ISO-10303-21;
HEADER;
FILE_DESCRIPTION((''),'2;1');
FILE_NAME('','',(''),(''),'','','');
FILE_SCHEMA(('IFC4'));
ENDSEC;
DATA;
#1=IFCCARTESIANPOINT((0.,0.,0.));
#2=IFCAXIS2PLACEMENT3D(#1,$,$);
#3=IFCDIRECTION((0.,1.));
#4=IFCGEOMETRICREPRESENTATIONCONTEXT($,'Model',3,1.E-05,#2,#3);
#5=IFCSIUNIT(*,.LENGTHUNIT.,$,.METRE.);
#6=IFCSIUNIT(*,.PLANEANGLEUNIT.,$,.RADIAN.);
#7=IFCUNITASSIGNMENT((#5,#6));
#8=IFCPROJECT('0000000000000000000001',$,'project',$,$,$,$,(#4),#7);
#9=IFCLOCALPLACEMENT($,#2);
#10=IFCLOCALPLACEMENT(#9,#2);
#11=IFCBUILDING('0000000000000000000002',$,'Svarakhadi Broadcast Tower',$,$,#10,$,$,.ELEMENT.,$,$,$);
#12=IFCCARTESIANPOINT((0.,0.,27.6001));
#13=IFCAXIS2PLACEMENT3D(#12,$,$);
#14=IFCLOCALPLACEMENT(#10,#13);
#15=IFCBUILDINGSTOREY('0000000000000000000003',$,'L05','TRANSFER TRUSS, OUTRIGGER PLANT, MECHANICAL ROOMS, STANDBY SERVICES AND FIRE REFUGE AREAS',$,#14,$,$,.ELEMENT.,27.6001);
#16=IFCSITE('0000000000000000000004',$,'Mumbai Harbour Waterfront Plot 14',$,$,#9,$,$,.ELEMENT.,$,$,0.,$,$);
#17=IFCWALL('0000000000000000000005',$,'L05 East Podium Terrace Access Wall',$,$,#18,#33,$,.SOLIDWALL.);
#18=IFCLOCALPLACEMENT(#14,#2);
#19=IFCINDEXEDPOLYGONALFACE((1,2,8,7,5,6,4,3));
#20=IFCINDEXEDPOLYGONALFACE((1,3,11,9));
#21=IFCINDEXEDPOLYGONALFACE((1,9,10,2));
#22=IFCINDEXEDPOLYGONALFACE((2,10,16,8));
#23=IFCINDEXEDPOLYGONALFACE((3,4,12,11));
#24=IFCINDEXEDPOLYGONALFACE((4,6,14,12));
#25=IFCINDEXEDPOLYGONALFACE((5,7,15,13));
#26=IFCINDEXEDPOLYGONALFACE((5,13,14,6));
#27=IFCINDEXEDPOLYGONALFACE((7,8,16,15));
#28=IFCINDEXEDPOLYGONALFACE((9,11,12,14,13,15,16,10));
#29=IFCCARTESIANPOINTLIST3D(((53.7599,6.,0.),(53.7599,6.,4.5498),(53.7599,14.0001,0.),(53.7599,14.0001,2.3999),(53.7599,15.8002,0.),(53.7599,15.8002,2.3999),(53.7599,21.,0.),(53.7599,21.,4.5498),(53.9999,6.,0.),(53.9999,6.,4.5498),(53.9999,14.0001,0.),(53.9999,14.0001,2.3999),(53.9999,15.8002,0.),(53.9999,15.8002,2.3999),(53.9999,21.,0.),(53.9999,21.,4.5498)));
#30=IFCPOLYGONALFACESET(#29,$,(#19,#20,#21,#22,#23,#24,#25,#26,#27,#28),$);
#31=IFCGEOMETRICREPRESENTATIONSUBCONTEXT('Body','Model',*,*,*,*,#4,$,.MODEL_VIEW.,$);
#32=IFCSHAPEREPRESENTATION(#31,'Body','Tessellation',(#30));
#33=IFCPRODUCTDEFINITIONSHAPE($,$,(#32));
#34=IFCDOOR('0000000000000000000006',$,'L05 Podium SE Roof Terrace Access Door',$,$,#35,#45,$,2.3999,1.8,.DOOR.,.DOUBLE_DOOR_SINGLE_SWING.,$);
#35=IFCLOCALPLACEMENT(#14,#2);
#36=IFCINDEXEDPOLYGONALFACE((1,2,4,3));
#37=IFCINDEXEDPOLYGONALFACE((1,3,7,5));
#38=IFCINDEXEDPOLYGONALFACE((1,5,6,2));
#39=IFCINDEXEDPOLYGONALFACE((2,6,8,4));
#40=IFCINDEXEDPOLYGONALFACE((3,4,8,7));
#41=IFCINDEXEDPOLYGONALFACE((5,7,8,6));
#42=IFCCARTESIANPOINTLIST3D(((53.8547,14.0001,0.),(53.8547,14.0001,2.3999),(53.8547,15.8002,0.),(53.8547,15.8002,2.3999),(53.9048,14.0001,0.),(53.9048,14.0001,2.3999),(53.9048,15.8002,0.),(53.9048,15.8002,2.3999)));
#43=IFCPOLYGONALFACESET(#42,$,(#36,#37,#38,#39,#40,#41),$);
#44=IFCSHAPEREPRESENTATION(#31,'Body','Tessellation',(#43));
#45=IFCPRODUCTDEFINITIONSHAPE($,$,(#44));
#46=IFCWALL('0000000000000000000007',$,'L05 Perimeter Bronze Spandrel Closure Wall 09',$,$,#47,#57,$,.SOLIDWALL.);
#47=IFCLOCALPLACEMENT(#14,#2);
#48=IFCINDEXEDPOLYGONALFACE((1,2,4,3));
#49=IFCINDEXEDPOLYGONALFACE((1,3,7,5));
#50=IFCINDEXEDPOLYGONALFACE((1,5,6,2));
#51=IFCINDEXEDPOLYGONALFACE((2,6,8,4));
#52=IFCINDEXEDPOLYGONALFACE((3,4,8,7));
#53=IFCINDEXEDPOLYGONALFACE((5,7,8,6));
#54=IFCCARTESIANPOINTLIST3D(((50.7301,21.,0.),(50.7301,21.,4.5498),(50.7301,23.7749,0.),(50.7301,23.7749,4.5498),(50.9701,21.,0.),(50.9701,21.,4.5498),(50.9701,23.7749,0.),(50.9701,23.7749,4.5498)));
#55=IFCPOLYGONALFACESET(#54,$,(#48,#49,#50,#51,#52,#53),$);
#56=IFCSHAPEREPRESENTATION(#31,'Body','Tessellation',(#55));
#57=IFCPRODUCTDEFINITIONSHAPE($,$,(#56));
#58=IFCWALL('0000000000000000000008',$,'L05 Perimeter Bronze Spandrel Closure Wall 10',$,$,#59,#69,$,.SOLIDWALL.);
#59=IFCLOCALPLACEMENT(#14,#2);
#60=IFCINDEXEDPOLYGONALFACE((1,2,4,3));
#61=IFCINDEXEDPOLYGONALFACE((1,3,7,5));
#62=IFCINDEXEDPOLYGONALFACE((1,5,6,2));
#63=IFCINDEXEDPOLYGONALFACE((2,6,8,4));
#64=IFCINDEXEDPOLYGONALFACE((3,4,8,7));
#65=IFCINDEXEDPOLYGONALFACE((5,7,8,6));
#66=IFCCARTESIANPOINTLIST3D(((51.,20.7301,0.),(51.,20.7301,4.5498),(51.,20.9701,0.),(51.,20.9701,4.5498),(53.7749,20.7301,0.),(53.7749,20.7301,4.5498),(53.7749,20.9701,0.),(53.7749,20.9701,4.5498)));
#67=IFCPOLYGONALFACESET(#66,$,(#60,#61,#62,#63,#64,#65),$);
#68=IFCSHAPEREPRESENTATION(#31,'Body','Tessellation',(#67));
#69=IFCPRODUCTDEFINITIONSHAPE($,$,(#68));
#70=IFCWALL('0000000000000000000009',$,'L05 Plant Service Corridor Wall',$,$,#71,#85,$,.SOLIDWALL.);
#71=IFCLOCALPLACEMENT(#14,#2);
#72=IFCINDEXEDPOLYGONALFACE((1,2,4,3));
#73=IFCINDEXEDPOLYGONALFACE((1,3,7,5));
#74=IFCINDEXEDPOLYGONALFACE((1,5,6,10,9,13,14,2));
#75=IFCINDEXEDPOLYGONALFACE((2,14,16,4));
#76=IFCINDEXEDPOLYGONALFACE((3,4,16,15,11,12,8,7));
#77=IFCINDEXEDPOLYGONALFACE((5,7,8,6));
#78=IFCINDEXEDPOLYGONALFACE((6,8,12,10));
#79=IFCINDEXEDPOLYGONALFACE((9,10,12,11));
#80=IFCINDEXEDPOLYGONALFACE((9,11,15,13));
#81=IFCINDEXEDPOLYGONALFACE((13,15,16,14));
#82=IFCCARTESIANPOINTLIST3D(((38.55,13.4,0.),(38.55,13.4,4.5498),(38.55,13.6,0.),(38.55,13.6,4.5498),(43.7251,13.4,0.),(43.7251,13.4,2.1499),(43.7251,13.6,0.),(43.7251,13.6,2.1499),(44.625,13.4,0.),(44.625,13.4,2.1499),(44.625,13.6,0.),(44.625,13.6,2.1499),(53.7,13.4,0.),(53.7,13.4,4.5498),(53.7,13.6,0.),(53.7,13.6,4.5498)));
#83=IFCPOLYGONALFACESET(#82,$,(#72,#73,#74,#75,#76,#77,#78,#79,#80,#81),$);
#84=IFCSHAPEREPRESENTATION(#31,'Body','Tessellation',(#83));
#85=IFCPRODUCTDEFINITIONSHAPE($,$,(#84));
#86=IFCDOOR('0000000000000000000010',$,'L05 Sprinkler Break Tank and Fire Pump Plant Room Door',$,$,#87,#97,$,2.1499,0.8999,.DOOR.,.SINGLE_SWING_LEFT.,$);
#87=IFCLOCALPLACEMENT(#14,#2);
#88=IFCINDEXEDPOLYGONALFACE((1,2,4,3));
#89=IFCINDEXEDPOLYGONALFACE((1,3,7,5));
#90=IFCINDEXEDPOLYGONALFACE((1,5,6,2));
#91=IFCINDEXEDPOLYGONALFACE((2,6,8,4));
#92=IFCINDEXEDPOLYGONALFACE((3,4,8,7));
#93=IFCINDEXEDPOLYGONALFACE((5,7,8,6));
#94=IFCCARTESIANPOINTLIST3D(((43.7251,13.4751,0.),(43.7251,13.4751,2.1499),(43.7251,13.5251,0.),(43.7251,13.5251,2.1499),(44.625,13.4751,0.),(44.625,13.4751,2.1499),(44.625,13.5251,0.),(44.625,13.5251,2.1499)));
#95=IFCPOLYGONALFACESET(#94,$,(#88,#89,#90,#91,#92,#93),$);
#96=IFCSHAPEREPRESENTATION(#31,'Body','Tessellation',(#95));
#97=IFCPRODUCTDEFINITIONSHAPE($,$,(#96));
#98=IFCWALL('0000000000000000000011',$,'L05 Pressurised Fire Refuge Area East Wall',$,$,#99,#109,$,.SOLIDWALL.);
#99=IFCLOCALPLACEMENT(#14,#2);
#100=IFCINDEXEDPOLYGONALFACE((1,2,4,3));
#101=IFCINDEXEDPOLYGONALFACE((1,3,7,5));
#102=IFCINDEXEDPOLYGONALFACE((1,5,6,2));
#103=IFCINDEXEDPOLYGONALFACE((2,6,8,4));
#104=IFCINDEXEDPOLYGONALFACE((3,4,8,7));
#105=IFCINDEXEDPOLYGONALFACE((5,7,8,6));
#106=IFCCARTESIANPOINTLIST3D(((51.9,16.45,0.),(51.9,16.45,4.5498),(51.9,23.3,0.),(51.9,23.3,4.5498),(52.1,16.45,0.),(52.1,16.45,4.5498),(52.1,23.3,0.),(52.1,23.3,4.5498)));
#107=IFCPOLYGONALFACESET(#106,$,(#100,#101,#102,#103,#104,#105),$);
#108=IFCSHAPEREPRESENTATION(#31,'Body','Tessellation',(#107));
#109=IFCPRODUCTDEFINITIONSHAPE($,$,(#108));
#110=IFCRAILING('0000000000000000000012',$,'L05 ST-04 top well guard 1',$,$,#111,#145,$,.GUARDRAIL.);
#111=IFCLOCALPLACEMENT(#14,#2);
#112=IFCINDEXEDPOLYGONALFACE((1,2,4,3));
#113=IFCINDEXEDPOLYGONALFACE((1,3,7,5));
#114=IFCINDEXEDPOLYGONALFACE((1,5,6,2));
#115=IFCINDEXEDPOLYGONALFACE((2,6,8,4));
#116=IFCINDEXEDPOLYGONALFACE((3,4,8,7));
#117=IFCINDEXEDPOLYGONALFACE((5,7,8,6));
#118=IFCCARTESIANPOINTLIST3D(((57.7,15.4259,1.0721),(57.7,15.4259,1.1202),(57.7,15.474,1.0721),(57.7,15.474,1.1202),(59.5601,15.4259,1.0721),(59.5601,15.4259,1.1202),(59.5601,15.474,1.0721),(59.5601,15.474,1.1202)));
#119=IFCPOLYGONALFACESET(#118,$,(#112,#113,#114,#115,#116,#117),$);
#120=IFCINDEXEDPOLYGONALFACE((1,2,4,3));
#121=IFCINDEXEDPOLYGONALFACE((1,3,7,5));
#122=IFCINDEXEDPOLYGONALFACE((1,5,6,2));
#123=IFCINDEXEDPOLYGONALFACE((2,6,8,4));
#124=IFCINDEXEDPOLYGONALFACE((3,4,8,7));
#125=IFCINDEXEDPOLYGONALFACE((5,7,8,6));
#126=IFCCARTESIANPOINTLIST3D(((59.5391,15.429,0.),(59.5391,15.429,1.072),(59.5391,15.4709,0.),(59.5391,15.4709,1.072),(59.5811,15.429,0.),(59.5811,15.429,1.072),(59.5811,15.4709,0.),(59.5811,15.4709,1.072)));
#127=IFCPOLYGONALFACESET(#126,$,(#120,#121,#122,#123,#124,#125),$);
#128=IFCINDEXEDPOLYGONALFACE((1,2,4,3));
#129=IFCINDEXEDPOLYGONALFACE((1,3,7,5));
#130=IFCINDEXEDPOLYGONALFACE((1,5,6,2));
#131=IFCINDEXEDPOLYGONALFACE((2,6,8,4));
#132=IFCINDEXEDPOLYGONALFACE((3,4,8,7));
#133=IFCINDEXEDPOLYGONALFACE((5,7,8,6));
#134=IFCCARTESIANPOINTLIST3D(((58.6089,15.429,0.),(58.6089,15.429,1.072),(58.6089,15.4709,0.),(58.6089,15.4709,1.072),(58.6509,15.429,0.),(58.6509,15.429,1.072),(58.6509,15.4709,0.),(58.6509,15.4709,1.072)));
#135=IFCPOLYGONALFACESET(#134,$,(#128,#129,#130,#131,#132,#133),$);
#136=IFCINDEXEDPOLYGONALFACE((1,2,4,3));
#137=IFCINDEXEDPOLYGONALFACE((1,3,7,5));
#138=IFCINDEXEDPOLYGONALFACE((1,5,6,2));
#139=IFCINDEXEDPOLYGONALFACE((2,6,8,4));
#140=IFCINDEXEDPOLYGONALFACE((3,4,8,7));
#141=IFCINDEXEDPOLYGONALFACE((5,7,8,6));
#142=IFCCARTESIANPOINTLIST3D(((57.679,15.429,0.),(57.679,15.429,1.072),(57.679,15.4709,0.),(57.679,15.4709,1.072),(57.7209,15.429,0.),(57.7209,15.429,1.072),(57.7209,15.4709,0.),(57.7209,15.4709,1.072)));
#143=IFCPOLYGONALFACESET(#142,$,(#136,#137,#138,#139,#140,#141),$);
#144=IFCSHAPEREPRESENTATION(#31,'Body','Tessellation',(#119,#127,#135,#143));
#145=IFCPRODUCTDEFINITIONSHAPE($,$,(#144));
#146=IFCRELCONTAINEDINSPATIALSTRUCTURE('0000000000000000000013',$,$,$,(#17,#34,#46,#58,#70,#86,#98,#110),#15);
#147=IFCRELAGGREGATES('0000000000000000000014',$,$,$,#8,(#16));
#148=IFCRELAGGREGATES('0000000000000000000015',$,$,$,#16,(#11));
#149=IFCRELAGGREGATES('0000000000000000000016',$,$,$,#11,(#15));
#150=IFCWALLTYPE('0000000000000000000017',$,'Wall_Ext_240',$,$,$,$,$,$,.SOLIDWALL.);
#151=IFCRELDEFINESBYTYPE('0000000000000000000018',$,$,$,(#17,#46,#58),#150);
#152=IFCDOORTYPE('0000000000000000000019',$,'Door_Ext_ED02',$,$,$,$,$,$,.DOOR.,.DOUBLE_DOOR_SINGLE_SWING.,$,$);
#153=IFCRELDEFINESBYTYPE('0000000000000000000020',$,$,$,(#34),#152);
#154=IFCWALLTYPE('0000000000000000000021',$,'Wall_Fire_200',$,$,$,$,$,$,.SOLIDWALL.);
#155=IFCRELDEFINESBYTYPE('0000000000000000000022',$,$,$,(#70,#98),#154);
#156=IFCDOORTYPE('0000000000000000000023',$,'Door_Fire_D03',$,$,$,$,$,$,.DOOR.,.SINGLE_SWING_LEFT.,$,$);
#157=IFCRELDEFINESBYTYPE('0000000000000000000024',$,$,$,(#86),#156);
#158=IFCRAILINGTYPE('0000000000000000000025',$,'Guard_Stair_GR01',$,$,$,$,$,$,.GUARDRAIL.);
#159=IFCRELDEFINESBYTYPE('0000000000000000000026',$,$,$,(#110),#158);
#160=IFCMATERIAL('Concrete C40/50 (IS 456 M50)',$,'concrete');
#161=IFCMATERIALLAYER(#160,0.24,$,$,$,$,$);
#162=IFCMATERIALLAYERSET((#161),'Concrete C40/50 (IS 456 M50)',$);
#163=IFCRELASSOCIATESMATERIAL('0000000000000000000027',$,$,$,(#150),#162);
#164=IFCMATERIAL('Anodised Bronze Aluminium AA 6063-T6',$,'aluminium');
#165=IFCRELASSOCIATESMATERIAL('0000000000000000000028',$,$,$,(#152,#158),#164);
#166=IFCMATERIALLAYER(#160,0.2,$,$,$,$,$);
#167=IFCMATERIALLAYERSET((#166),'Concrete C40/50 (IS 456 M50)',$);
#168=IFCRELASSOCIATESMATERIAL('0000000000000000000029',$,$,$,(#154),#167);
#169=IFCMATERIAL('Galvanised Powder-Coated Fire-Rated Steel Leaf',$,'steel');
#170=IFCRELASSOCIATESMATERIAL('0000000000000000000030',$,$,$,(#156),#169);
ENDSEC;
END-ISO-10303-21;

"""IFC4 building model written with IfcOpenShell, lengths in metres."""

from ifc_helpers import new_model, si_unit, direction, frame, frame_2d, origin, origin_2d, place, context, subcontext, project, spatial, rectangle, extrude, material, layer, layer_set, type_object, element, fill, save


model = new_model("IFC4")

# Units and contexts
model_context = context("Model", 3, precision=1e-05, world=origin(), true_north=direction((0.0, 1.0)))
body_context = subcontext(model_context, "Body", "Model", "MODEL_VIEW")
ifc_project = project(units=[si_unit("LENGTHUNIT", "METRE"), si_unit("PLANEANGLEUNIT", "RADIAN")], contexts=[model_context])

# Site, building, storey
site_placement = place(None, origin())
site = spatial("IfcSite", under=ifc_project, at=site_placement, Name="Mumbai Harbour Waterfront Plot 14", CompositionType="ELEMENT", RefElevation=0.0)
building_placement = place(site_placement, origin())
building = spatial("IfcBuilding", under=site, at=building_placement, Name="Svarakhadi Broadcast Tower", CompositionType="ELEMENT")
storey_placement = place(building_placement, frame((0.0, 0.0, 27.6001)))
storey = spatial("IfcBuildingStorey", under=building, at=storey_placement, Name="L05", Description="TRANSFER TRUSS, OUTRIGGER PLANT, MECHANICAL ROOMS, STANDBY SERVICES AND FIRE REFUGE AREAS", CompositionType="ELEMENT", Elevation=27.6001)

# Wall, opening, door
ifc_material_1 = material(Name="Concrete C40/50 (IS 456 M50)", Category="concrete")
ifc_layer_1 = layer(ifc_material_1, 0.24)
ifc_layer_set_1 = layer_set([ifc_layer_1], Name="Concrete C40/50 (IS 456 M50)")
wall_type_1 = type_object("IfcWallType", Name="Wall_Ext_240", PredefinedType="SOLIDWALL", material=ifc_layer_set_1)
wall_1_placement = place(storey_placement, frame((53.8799, 21.0, 0.0), z_axis=(0.0, 0.0, 1.0), x_axis=(0.0, -1.0, 0.0)))
wall_1 = element("IfcWall", 1, at=wall_1_placement, inside=storey, type_object=wall_type_1, Name="L05 East Podium Terrace Access Wall", PredefinedType="SOLIDWALL", context=body_context, shape_type="SweptSolid", body=[
    extrude(rectangle(XDim=15.0, YDim=0.24, at=frame_2d((7.5, 0.0))), origin(), (0.0, 0.0, 1.0), 4.5498),
])
opening_1_placement = place(wall_1_placement, frame((5.2, 0.0, 0.0)))
opening_1 = element("IfcOpeningElement", 2, at=opening_1_placement, cuts=wall_1, PredefinedType="OPENING", context=body_context, shape_type="SweptSolid", body=[
    extrude(rectangle(XDim=1.8, YDim=2.3999, at=frame_2d((0.8999, 1.2))), frame((0.0, 0.1299, 0.0), z_axis=(0.0, -1.0, 0.0), x_axis=(1.0, 0.0, 0.0)), (0.0, 0.0, 1.0), 0.26),
])
ifc_material_2 = material(Name="Anodised Bronze Aluminium AA 6063-T6", Category="aluminium")
door_type_1 = type_object("IfcDoorType", Name="Door_Ext_ED02", OperationType="DOUBLE_DOOR_SINGLE_SWING", PredefinedType="DOOR", material=ifc_material_2)
door_1_placement = place(opening_1_placement, origin())
door_1 = element("IfcDoor", 3, at=door_1_placement, inside=storey, type_object=door_type_1, Name="L05 Podium SE Roof Terrace Access Door", OperationType="DOUBLE_DOOR_SINGLE_SWING", OverallHeight=2.3999, OverallWidth=1.8, PredefinedType="DOOR", context=body_context, shape_type="SweptSolid", body=[
    extrude(rectangle(XDim=1.8, YDim=2.3999, at=frame_2d((0.8999, 1.2))), frame((0.0, 0.0249, 0.0), z_axis=(0.0, -1.0, 0.0), x_axis=(1.0, 0.0, 0.0)), (0.0, 0.0, 1.0), 0.05),
])
fill(opening_1, door_1)

# Walls
for number, where, z_axis, x_axis, name in (
    (4, (50.8501, 23.7749, 0.0), (0.0, 0.0, 1.0), (0.0, -1.0, 0.0), "L05 Perimeter Bronze Spandrel Closure Wall 09"),
    (5, (51.0, 20.8501, 0.0), (0.0, 0.0, 1.0), (1.0, 0.0, 0.0), "L05 Perimeter Bronze Spandrel Closure Wall 10"),
):
    element("IfcWall", number, at=place(storey_placement, frame(where, z_axis=z_axis, x_axis=x_axis)), inside=storey, type_object=wall_type_1, Name=name, PredefinedType="SOLIDWALL", context=body_context, shape_type="SweptSolid", body=[
        extrude(rectangle(XDim=2.7749, YDim=0.24, at=frame_2d((1.3875, 0.0))), origin(), (0.0, 0.0, 1.0), 4.5498),
    ])

# Wall, opening, door
ifc_layer_2 = layer(ifc_material_1, 0.2)
ifc_layer_set_2 = layer_set([ifc_layer_2], Name="Concrete C40/50 (IS 456 M50)")
wall_type_2 = type_object("IfcWallType", Name="Wall_Fire_200", PredefinedType="SOLIDWALL", material=ifc_layer_set_2)
wall_2_placement = place(storey_placement, frame((53.7, 13.5, 0.0), z_axis=(0.0, 0.0, 1.0), x_axis=(-1.0, 0.0, 0.0)))
wall_2 = element("IfcWall", 6, at=wall_2_placement, inside=storey, type_object=wall_type_2, Name="L05 Plant Service Corridor Wall", PredefinedType="SOLIDWALL", context=body_context, shape_type="SweptSolid", body=[
    extrude(rectangle(XDim=15.1499, YDim=0.2, at=frame_2d((7.575, 0.0))), origin(), (0.0, 0.0, 1.0), 4.5498),
])
opening_2_placement = place(wall_2_placement, frame((9.075, 0.0, 0.0)))
opening_2 = element("IfcOpeningElement", 7, at=opening_2_placement, cuts=wall_2, PredefinedType="OPENING", context=body_context, shape_type="SweptSolid", body=[
    extrude(rectangle(XDim=0.8999, YDim=2.1499, at=frame_2d((0.45, 1.075))), frame((0.0, 0.1099, 0.0), z_axis=(0.0, -1.0, 0.0), x_axis=(1.0, 0.0, 0.0)), (0.0, 0.0, 1.0), 0.22),
])
ifc_material_3 = material(Name="Galvanised Powder-Coated Fire-Rated Steel Leaf", Category="steel")
door_type_2 = type_object("IfcDoorType", Name="Door_Fire_D03", OperationType="SINGLE_SWING_LEFT", PredefinedType="DOOR", material=ifc_material_3)
door_2_placement = place(opening_2_placement, origin())
door_2 = element("IfcDoor", 8, at=door_2_placement, inside=storey, type_object=door_type_2, Name="L05 Sprinkler Break Tank and Fire Pump Plant Room Door", OperationType="SINGLE_SWING_LEFT", OverallHeight=2.1499, OverallWidth=0.8999, PredefinedType="DOOR", context=body_context, shape_type="SweptSolid", body=[
    extrude(rectangle(XDim=0.8999, YDim=2.1499, at=frame_2d((0.45, 1.075))), frame((0.0, 0.0249, 0.0), z_axis=(0.0, -1.0, 0.0), x_axis=(1.0, 0.0, 0.0)), (0.0, 0.0, 1.0), 0.05),
])
fill(opening_2, door_2)

# Wall
wall_3_placement = place(storey_placement, frame((52.0, 16.45, 0.0), z_axis=(0.0, 0.0, 1.0), x_axis=(0.0, 1.0, 0.0)))
element("IfcWall", 9, at=wall_3_placement, inside=storey, type_object=wall_type_2, Name="L05 Pressurised Fire Refuge Area East Wall", PredefinedType="SOLIDWALL", context=body_context, shape_type="SweptSolid", body=[
    extrude(rectangle(XDim=6.8501, YDim=0.2, at=frame_2d((3.425, 0.0))), origin(), (0.0, 0.0, 1.0), 4.5498),
])

# Railing
railing_type_1 = type_object("IfcRailingType", Name="Guard_Stair_GR01", PredefinedType="GUARDRAIL", material=ifc_material_2)
railing_1_placement = place(storey_placement, frame((59.5601, 15.45, 0.0)))
element("IfcRailing", 10, at=railing_1_placement, inside=storey, type_object=railing_type_1, Name="L05 ST-04 top well guard 1", PredefinedType="GUARDRAIL", context=body_context, shape_type="SweptSolid", body=[
    extrude(rectangle(XDim=0.0481, YDim=0.0481, at=origin_2d()), frame((0.0, 0.0, 1.0962), z_axis=(-1.0, 0.0, 0.0), x_axis=(0.0, -1.0, 0.0)), (0.0, 0.0, 1.0), 1.8601),
    extrude(rectangle(XDim=0.042, YDim=0.042, at=origin_2d()), origin(), (0.0, 0.0, 1.0), 1.072),
    extrude(rectangle(XDim=0.042, YDim=0.042, at=origin_2d()), frame((-0.9302, 0.0, 0.0)), (0.0, 0.0, 1.0), 1.072),
    extrude(rectangle(XDim=0.042, YDim=0.042, at=origin_2d()), frame((-1.8601, 0.0, 0.0)), (0.0, 0.0, 1.0), 1.072),
])

save(model, "model.ifc")
